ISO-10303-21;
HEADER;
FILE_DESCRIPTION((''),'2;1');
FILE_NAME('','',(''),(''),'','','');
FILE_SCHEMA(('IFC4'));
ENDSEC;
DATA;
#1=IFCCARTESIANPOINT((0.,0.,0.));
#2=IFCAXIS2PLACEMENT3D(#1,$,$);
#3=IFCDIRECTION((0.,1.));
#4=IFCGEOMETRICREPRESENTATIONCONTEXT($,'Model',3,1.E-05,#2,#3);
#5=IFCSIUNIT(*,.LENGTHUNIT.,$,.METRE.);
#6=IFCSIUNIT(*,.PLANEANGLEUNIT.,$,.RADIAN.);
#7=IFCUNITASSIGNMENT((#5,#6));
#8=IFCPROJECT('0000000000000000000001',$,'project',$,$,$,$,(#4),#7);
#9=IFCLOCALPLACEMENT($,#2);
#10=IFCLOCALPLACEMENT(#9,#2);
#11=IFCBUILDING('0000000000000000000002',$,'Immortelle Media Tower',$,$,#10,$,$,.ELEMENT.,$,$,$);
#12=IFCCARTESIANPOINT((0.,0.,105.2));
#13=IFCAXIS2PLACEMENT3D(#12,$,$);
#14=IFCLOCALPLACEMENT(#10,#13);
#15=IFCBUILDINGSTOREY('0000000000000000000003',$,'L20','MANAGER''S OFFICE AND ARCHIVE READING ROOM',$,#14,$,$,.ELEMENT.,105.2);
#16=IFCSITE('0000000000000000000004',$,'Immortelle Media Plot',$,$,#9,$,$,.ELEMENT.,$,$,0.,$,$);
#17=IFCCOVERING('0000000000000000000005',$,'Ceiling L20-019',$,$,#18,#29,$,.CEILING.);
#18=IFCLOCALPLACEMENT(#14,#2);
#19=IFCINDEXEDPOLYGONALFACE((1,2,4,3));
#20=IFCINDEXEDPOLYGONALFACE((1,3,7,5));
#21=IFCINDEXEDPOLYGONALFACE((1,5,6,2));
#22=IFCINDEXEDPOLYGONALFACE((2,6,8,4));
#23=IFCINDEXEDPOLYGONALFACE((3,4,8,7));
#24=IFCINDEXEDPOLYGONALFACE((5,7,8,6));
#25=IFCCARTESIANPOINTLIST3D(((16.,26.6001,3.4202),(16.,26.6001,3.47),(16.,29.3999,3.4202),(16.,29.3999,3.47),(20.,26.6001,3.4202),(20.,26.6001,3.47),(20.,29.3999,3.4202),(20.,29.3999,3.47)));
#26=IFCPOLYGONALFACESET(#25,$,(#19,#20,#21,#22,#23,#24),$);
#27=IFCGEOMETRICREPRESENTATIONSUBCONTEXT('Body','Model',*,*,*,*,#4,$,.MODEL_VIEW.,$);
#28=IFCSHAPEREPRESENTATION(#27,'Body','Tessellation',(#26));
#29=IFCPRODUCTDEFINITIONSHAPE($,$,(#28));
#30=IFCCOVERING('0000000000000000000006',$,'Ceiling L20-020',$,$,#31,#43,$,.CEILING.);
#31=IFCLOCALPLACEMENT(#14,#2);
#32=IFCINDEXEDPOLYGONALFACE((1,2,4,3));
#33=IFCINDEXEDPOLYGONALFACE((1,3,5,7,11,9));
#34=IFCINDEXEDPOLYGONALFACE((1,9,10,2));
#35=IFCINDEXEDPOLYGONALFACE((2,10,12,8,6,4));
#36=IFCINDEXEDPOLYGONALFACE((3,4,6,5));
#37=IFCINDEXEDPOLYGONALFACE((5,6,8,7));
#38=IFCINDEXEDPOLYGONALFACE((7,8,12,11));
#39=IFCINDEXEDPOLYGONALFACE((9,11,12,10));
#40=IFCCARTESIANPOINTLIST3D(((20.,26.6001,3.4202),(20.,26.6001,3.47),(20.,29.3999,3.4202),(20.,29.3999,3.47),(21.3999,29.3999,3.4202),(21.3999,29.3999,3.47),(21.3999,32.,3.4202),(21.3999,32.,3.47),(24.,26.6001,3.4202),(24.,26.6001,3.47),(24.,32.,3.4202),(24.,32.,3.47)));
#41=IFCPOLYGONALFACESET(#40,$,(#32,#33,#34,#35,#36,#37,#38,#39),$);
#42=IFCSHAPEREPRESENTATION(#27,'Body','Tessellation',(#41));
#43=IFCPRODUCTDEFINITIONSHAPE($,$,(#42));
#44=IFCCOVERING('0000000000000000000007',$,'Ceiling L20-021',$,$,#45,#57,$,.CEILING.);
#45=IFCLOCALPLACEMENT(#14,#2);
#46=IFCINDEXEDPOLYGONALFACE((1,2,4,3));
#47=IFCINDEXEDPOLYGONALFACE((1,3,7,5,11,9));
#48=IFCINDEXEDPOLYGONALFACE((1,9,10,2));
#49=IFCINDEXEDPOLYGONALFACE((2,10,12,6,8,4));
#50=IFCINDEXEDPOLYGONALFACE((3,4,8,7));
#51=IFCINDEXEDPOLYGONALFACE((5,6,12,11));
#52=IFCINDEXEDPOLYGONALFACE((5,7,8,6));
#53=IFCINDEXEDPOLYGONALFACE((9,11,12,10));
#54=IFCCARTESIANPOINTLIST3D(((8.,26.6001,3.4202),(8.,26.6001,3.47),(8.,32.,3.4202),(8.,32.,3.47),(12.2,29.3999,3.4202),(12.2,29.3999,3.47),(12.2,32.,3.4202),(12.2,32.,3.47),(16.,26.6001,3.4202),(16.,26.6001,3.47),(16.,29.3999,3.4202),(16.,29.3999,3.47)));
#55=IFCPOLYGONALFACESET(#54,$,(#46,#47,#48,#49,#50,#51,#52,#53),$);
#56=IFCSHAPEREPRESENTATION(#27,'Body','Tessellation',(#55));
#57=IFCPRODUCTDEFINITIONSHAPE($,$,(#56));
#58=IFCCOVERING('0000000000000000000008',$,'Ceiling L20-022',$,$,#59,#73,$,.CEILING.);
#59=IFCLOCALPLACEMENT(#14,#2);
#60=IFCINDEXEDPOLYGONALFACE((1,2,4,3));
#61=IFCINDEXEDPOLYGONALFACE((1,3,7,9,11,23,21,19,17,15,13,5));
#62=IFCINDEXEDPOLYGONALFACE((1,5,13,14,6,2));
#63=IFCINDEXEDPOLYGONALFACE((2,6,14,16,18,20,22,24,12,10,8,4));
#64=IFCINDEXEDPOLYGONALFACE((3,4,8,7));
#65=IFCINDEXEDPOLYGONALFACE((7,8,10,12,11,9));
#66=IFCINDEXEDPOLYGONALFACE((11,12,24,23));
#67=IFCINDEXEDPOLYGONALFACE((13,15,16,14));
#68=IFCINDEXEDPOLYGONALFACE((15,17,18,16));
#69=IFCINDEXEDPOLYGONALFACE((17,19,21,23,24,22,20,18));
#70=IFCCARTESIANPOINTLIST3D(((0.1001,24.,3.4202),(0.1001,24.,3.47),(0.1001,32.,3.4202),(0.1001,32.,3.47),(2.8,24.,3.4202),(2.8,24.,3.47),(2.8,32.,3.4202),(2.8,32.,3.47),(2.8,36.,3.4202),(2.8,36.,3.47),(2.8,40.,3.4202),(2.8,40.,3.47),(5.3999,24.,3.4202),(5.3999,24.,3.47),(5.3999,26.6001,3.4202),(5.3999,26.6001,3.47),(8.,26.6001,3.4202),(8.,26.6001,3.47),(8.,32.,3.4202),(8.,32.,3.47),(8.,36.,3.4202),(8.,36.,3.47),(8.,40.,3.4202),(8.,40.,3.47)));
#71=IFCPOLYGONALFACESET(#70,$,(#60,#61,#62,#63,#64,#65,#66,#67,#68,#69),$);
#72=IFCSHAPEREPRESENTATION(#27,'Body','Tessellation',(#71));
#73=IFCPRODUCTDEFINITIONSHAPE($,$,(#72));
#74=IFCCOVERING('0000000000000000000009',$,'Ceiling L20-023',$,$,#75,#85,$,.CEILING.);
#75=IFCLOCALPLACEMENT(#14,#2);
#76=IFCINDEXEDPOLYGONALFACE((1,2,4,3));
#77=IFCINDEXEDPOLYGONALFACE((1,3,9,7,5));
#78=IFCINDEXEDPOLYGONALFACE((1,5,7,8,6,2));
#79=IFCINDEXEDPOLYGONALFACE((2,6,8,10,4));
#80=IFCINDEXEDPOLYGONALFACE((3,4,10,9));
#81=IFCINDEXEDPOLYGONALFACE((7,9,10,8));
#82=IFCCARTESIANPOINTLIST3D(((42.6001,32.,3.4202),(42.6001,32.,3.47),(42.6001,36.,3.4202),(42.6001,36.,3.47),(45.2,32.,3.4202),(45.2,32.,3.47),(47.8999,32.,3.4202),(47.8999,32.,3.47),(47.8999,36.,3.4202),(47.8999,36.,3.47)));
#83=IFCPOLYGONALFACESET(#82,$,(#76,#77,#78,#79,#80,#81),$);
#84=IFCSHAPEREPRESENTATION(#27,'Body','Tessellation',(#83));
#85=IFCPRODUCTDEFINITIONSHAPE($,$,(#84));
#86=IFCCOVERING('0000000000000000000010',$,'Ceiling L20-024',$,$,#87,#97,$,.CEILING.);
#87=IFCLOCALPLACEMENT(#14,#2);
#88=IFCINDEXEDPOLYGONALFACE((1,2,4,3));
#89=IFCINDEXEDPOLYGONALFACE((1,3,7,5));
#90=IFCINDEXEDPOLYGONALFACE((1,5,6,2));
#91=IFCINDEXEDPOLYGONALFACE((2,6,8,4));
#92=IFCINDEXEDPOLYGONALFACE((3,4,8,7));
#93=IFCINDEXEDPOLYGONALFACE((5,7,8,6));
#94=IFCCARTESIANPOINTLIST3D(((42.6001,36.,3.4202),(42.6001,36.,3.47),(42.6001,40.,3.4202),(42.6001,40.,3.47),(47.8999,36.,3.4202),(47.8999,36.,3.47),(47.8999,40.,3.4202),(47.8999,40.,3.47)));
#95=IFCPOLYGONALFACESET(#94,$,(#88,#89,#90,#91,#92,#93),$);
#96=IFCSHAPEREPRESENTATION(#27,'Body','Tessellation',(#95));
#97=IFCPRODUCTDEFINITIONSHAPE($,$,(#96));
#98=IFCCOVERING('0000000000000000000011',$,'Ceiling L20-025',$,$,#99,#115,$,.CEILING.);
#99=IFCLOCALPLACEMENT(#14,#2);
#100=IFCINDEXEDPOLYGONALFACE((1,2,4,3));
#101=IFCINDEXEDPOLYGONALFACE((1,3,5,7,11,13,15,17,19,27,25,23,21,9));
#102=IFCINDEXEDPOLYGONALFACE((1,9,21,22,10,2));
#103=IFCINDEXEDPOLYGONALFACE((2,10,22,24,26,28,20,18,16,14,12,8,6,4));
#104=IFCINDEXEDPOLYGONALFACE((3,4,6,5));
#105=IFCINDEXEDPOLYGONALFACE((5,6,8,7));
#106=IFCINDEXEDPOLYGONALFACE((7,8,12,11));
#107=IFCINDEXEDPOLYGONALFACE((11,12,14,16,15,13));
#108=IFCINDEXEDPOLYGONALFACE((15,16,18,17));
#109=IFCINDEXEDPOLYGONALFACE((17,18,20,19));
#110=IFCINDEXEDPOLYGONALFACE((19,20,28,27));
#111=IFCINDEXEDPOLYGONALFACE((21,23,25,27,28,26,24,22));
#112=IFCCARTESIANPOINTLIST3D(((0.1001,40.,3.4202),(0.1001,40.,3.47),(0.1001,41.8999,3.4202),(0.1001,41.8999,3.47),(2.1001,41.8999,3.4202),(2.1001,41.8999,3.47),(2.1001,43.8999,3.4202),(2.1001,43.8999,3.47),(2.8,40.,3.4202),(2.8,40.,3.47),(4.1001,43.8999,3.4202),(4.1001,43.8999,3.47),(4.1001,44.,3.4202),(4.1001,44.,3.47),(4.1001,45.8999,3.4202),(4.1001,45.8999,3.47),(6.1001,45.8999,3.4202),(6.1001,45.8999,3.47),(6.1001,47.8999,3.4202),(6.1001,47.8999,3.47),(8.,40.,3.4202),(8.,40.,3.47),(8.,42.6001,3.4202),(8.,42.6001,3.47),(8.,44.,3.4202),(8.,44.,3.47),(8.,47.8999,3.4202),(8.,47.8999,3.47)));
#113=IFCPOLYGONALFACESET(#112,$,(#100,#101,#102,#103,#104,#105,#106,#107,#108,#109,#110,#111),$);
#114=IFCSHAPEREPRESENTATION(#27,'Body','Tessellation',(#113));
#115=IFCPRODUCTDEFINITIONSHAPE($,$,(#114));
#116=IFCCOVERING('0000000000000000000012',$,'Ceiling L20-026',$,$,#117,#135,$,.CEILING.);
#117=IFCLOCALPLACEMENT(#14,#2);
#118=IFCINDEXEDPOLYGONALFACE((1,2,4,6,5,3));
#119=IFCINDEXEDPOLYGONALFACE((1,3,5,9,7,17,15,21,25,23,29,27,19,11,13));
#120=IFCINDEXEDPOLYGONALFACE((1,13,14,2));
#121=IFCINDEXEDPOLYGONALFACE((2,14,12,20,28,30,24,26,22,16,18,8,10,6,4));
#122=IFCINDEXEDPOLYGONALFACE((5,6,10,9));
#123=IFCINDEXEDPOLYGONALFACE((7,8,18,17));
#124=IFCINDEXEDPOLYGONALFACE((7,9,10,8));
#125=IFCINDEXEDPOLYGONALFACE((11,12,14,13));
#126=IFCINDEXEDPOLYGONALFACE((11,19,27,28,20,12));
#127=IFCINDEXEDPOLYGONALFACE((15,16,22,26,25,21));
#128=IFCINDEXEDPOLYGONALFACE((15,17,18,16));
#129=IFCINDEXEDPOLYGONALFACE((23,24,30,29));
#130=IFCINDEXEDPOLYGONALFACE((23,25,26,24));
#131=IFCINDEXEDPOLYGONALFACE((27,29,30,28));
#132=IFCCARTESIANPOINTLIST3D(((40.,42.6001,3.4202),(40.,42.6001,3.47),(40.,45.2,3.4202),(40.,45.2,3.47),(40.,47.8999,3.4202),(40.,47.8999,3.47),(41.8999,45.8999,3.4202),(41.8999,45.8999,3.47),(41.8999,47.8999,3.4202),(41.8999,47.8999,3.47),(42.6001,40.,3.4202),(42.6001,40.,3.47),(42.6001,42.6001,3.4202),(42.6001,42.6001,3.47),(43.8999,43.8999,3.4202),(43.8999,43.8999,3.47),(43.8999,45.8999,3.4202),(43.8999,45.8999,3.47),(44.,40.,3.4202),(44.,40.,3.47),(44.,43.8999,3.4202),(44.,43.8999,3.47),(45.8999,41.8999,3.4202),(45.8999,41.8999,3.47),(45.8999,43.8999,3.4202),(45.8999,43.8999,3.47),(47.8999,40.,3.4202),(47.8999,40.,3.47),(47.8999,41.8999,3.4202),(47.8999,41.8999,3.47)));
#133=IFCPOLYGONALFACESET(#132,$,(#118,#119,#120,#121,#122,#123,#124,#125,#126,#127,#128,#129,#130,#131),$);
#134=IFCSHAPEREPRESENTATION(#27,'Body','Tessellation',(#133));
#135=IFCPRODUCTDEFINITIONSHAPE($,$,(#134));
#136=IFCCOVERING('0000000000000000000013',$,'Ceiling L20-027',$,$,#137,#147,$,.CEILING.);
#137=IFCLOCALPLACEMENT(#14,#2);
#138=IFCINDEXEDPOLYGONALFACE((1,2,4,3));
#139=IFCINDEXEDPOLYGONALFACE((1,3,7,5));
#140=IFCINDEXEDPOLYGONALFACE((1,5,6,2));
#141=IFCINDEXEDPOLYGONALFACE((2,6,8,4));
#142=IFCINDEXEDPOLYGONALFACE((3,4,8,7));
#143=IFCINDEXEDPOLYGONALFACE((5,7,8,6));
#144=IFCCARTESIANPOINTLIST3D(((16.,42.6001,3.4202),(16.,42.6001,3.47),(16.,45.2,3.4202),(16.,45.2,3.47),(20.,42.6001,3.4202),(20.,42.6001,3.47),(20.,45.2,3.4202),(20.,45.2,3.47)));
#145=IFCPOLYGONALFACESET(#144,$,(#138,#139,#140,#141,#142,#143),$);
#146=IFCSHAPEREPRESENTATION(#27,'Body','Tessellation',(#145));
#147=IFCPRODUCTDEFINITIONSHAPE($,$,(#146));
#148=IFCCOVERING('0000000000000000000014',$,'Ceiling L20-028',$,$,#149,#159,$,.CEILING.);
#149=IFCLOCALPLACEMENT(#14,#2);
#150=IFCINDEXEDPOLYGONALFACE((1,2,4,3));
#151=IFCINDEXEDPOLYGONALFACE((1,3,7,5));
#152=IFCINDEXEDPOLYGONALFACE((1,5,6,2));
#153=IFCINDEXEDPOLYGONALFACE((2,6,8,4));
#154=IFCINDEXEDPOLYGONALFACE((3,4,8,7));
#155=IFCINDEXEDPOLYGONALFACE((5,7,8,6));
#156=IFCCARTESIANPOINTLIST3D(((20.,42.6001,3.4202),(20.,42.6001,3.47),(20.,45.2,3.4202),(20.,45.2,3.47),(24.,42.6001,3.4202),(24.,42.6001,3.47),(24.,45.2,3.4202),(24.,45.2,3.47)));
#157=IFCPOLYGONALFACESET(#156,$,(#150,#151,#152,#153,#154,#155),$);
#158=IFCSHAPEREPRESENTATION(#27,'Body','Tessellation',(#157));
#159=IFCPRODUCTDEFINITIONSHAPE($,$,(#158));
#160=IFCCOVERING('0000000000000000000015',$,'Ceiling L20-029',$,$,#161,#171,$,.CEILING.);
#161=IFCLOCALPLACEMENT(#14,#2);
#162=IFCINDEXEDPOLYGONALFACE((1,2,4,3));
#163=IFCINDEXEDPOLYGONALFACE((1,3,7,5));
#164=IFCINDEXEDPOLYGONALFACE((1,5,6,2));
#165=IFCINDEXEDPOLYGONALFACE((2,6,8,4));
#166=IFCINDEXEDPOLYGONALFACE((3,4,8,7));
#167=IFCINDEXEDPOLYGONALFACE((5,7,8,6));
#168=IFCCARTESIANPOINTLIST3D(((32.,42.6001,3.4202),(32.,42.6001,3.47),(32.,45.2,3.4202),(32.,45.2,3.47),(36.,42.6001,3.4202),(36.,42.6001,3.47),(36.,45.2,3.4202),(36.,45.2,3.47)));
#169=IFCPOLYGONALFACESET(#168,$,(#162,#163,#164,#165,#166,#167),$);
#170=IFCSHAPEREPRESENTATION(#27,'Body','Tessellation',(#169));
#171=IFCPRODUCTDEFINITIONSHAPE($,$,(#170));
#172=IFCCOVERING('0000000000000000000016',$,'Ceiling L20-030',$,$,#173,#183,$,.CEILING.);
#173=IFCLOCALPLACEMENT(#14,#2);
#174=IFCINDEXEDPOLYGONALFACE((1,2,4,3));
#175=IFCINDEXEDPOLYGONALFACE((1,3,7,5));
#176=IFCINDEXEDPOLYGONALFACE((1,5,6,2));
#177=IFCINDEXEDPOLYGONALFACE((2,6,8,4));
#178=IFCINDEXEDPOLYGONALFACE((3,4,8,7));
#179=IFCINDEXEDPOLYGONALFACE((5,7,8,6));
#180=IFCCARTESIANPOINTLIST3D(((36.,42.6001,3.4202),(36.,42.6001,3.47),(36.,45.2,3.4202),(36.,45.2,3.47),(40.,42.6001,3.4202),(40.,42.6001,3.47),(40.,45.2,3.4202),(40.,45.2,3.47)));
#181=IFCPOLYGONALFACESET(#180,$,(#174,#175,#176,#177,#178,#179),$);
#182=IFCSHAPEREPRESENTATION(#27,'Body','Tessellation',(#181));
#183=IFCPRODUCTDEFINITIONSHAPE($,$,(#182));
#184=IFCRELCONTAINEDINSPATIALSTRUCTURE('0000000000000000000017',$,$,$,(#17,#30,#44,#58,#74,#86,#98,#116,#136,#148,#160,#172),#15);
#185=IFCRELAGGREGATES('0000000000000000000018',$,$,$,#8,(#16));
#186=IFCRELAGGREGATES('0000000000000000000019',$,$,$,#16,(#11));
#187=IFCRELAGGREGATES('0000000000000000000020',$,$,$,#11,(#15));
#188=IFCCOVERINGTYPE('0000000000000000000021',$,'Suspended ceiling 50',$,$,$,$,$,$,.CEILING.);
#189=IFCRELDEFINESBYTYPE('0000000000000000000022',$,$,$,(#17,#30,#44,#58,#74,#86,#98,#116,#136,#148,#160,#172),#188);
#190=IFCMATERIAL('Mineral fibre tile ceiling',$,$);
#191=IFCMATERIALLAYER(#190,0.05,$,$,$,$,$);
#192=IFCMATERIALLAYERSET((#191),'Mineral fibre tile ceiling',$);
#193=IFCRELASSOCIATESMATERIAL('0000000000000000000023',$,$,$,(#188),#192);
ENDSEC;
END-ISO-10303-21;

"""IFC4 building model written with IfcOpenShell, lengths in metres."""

from ifc_helpers import new_model, si_unit, direction, frame, origin, place, context, subcontext, project, spatial, polyline, outline, extrude, material, layer, layer_set, type_object, element, save


model = new_model("IFC4")

# Units and contexts
model_context = context("Model", 3, precision=1e-05, world=origin(), true_north=direction((0.0, 1.0)))
body_context = subcontext(model_context, "Body", "Model", "MODEL_VIEW")
ifc_project = project(units=[si_unit("LENGTHUNIT", "METRE"), si_unit("PLANEANGLEUNIT", "RADIAN")], contexts=[model_context])

# Site, building, storey
site_placement = place(None, origin())
site = spatial("IfcSite", under=ifc_project, at=site_placement, Name="Immortelle Media Plot", CompositionType="ELEMENT", RefElevation=0.0)
building_placement = place(site_placement, origin())
building = spatial("IfcBuilding", under=site, at=building_placement, Name="Immortelle Media Tower", CompositionType="ELEMENT")
storey_placement = place(building_placement, frame((0.0, 0.0, 105.2)))
storey = spatial("IfcBuildingStorey", under=building, at=storey_placement, Name="L20", Description="MANAGER'S OFFICE AND ARCHIVE READING ROOM", CompositionType="ELEMENT", Elevation=105.2)

# Coverings
ifc_material_1 = material(Name="Mineral fibre tile ceiling")
ifc_layer = layer(ifc_material_1, 0.05)
ifc_layer_set = layer_set([ifc_layer], Name="Mineral fibre tile ceiling")
covering_type = type_object("IfcCoveringType", Name="Suspended ceiling 50", PredefinedType="CEILING", material=ifc_layer_set)
covering_1_placement = place(storey_placement, frame((0.0, 0.0, 3.4202)))
element("IfcCovering", 1, at=covering_1_placement, inside=storey, type_object=covering_type, Name="Ceiling L20-019", PredefinedType="CEILING", context=body_context, shape_type="SweptSolid", body=[
    extrude(outline(polyline([(16.0, 29.3999), (20.0, 29.3999), (20.0, 26.6001), (16.0, 26.6001), (16.0, 29.3999)])), origin(), (0.0, 0.0, 1.0), 0.0498),
])
covering_2_placement = place(storey_placement, frame((0.0, 0.0, 3.4202)))
element("IfcCovering", 2, at=covering_2_placement, inside=storey, type_object=covering_type, Name="Ceiling L20-020", PredefinedType="CEILING", context=body_context, shape_type="SweptSolid", body=[
    extrude(outline(polyline([(21.3999, 29.3999), (21.3999, 32.0), (24.0, 32.0), (24.0, 26.6001), (20.0, 26.6001), (20.0, 29.3999), (21.3999, 29.3999)])), origin(), (0.0, 0.0, 1.0), 0.0498),
])
covering_3_placement = place(storey_placement, frame((0.0, 0.0, 3.4202)))
element("IfcCovering", 3, at=covering_3_placement, inside=storey, type_object=covering_type, Name="Ceiling L20-021", PredefinedType="CEILING", context=body_context, shape_type="SweptSolid", body=[
    extrude(outline(polyline([(8.0, 26.6001), (8.0, 32.0), (12.2, 32.0), (12.2, 29.3999), (16.0, 29.3999), (16.0, 26.6001), (8.0, 26.6001)])), origin(), (0.0, 0.0, 1.0), 0.0498),
])
covering_4_placement = place(storey_placement, frame((0.0, 0.0, 3.4202)))
element("IfcCovering", 4, at=covering_4_placement, inside=storey, type_object=covering_type, Name="Ceiling L20-022", PredefinedType="CEILING", context=body_context, shape_type="SweptSolid", body=[
    extrude(outline(polyline([(0.1001, 24.0), (0.1001, 32.0), (2.8, 32.0), (2.8, 36.0), (2.8, 40.0), (8.0, 40.0), (8.0, 36.0), (8.0, 32.0), (8.0, 26.6001), (5.3999, 26.6001), (5.3999, 24.0), (2.8, 24.0), (0.1001, 24.0)])), origin(), (0.0, 0.0, 1.0), 0.0498),
])
covering_5_placement = place(storey_placement, frame((0.0, 0.0, 3.4202)))
element("IfcCovering", 5, at=covering_5_placement, inside=storey, type_object=covering_type, Name="Ceiling L20-023", PredefinedType="CEILING", context=body_context, shape_type="SweptSolid", body=[
    extrude(outline(polyline([(42.6001, 32.0), (42.6001, 36.0), (47.8999, 36.0), (47.8999, 32.0), (45.2, 32.0), (42.6001, 32.0)])), origin(), (0.0, 0.0, 1.0), 0.0498),
])
covering_6_placement = place(storey_placement, frame((0.0, 0.0, 3.4202)))
element("IfcCovering", 6, at=covering_6_placement, inside=storey, type_object=covering_type, Name="Ceiling L20-024", PredefinedType="CEILING", context=body_context, shape_type="SweptSolid", body=[
    extrude(outline(polyline([(42.6001, 40.0), (47.8999, 40.0), (47.8999, 36.0), (42.6001, 36.0), (42.6001, 40.0)])), origin(), (0.0, 0.0, 1.0), 0.0498),
])
covering_7_placement = place(storey_placement, frame((0.0, 0.0, 3.4202)))
element("IfcCovering", 7, at=covering_7_placement, inside=storey, type_object=covering_type, Name="Ceiling L20-025", PredefinedType="CEILING", context=body_context, shape_type="SweptSolid", body=[
    extrude(outline(polyline([(0.1001, 41.8999), (2.1001, 41.8999), (2.1001, 43.8999), (4.1001, 43.8999), (4.1001, 44.0), (4.1001, 45.8999), (6.1001, 45.8999), (6.1001, 47.8999), (8.0, 47.8999), (8.0, 44.0), (8.0, 42.6001), (8.0, 40.0), (2.8, 40.0), (0.1001, 40.0), (0.1001, 41.8999)])), origin(), (0.0, 0.0, 1.0), 0.0498),
])
covering_8_placement = place(storey_placement, frame((0.0, 0.0, 3.4202)))
element("IfcCovering", 8, at=covering_8_placement, inside=storey, type_object=covering_type, Name="Ceiling L20-026", PredefinedType="CEILING", context=body_context, shape_type="SweptSolid", body=[
    extrude(outline(polyline([(45.8999, 41.8999), (47.8999, 41.8999), (47.8999, 40.0), (44.0, 40.0), (42.6001, 40.0), (42.6001, 42.6001), (40.0, 42.6001), (40.0, 45.2), (40.0, 47.8999), (41.8999, 47.8999), (41.8999, 45.8999), (43.8999, 45.8999), (43.8999, 43.8999), (44.0, 43.8999), (45.8999, 43.8999), (45.8999, 41.8999)])), origin(), (0.0, 0.0, 1.0), 0.0498),
])
covering_9_placement = place(storey_placement, frame((0.0, 0.0, 3.4202)))
element("IfcCovering", 9, at=covering_9_placement, inside=storey, type_object=covering_type, Name="Ceiling L20-027", PredefinedType="CEILING", context=body_context, shape_type="SweptSolid", body=[
    extrude(outline(polyline([(16.0, 45.2), (20.0, 45.2), (20.0, 42.6001), (16.0, 42.6001), (16.0, 45.2)])), origin(), (0.0, 0.0, 1.0), 0.0498),
])
covering_10_placement = place(storey_placement, frame((0.0, 0.0, 3.4202)))
element("IfcCovering", 10, at=covering_10_placement, inside=storey, type_object=covering_type, Name="Ceiling L20-028", PredefinedType="CEILING", context=body_context, shape_type="SweptSolid", body=[
    extrude(outline(polyline([(24.0, 45.2), (24.0, 42.6001), (20.0, 42.6001), (20.0, 45.2), (24.0, 45.2)])), origin(), (0.0, 0.0, 1.0), 0.0498),
])
covering_11_placement = place(storey_placement, frame((0.0, 0.0, 3.4202)))
element("IfcCovering", 11, at=covering_11_placement, inside=storey, type_object=covering_type, Name="Ceiling L20-029", PredefinedType="CEILING", context=body_context, shape_type="SweptSolid", body=[
    extrude(outline(polyline([(32.0, 45.2), (36.0, 45.2), (36.0, 42.6001), (32.0, 42.6001), (32.0, 45.2)])), origin(), (0.0, 0.0, 1.0), 0.0498),
])
covering_12_placement = place(storey_placement, frame((0.0, 0.0, 3.4202)))
element("IfcCovering", 12, at=covering_12_placement, inside=storey, type_object=covering_type, Name="Ceiling L20-030", PredefinedType="CEILING", context=body_context, shape_type="SweptSolid", body=[
    extrude(outline(polyline([(40.0, 45.2), (40.0, 42.6001), (36.0, 42.6001), (36.0, 45.2), (40.0, 45.2)])), origin(), (0.0, 0.0, 1.0), 0.0498),
])

save(model, "model.ifc")
